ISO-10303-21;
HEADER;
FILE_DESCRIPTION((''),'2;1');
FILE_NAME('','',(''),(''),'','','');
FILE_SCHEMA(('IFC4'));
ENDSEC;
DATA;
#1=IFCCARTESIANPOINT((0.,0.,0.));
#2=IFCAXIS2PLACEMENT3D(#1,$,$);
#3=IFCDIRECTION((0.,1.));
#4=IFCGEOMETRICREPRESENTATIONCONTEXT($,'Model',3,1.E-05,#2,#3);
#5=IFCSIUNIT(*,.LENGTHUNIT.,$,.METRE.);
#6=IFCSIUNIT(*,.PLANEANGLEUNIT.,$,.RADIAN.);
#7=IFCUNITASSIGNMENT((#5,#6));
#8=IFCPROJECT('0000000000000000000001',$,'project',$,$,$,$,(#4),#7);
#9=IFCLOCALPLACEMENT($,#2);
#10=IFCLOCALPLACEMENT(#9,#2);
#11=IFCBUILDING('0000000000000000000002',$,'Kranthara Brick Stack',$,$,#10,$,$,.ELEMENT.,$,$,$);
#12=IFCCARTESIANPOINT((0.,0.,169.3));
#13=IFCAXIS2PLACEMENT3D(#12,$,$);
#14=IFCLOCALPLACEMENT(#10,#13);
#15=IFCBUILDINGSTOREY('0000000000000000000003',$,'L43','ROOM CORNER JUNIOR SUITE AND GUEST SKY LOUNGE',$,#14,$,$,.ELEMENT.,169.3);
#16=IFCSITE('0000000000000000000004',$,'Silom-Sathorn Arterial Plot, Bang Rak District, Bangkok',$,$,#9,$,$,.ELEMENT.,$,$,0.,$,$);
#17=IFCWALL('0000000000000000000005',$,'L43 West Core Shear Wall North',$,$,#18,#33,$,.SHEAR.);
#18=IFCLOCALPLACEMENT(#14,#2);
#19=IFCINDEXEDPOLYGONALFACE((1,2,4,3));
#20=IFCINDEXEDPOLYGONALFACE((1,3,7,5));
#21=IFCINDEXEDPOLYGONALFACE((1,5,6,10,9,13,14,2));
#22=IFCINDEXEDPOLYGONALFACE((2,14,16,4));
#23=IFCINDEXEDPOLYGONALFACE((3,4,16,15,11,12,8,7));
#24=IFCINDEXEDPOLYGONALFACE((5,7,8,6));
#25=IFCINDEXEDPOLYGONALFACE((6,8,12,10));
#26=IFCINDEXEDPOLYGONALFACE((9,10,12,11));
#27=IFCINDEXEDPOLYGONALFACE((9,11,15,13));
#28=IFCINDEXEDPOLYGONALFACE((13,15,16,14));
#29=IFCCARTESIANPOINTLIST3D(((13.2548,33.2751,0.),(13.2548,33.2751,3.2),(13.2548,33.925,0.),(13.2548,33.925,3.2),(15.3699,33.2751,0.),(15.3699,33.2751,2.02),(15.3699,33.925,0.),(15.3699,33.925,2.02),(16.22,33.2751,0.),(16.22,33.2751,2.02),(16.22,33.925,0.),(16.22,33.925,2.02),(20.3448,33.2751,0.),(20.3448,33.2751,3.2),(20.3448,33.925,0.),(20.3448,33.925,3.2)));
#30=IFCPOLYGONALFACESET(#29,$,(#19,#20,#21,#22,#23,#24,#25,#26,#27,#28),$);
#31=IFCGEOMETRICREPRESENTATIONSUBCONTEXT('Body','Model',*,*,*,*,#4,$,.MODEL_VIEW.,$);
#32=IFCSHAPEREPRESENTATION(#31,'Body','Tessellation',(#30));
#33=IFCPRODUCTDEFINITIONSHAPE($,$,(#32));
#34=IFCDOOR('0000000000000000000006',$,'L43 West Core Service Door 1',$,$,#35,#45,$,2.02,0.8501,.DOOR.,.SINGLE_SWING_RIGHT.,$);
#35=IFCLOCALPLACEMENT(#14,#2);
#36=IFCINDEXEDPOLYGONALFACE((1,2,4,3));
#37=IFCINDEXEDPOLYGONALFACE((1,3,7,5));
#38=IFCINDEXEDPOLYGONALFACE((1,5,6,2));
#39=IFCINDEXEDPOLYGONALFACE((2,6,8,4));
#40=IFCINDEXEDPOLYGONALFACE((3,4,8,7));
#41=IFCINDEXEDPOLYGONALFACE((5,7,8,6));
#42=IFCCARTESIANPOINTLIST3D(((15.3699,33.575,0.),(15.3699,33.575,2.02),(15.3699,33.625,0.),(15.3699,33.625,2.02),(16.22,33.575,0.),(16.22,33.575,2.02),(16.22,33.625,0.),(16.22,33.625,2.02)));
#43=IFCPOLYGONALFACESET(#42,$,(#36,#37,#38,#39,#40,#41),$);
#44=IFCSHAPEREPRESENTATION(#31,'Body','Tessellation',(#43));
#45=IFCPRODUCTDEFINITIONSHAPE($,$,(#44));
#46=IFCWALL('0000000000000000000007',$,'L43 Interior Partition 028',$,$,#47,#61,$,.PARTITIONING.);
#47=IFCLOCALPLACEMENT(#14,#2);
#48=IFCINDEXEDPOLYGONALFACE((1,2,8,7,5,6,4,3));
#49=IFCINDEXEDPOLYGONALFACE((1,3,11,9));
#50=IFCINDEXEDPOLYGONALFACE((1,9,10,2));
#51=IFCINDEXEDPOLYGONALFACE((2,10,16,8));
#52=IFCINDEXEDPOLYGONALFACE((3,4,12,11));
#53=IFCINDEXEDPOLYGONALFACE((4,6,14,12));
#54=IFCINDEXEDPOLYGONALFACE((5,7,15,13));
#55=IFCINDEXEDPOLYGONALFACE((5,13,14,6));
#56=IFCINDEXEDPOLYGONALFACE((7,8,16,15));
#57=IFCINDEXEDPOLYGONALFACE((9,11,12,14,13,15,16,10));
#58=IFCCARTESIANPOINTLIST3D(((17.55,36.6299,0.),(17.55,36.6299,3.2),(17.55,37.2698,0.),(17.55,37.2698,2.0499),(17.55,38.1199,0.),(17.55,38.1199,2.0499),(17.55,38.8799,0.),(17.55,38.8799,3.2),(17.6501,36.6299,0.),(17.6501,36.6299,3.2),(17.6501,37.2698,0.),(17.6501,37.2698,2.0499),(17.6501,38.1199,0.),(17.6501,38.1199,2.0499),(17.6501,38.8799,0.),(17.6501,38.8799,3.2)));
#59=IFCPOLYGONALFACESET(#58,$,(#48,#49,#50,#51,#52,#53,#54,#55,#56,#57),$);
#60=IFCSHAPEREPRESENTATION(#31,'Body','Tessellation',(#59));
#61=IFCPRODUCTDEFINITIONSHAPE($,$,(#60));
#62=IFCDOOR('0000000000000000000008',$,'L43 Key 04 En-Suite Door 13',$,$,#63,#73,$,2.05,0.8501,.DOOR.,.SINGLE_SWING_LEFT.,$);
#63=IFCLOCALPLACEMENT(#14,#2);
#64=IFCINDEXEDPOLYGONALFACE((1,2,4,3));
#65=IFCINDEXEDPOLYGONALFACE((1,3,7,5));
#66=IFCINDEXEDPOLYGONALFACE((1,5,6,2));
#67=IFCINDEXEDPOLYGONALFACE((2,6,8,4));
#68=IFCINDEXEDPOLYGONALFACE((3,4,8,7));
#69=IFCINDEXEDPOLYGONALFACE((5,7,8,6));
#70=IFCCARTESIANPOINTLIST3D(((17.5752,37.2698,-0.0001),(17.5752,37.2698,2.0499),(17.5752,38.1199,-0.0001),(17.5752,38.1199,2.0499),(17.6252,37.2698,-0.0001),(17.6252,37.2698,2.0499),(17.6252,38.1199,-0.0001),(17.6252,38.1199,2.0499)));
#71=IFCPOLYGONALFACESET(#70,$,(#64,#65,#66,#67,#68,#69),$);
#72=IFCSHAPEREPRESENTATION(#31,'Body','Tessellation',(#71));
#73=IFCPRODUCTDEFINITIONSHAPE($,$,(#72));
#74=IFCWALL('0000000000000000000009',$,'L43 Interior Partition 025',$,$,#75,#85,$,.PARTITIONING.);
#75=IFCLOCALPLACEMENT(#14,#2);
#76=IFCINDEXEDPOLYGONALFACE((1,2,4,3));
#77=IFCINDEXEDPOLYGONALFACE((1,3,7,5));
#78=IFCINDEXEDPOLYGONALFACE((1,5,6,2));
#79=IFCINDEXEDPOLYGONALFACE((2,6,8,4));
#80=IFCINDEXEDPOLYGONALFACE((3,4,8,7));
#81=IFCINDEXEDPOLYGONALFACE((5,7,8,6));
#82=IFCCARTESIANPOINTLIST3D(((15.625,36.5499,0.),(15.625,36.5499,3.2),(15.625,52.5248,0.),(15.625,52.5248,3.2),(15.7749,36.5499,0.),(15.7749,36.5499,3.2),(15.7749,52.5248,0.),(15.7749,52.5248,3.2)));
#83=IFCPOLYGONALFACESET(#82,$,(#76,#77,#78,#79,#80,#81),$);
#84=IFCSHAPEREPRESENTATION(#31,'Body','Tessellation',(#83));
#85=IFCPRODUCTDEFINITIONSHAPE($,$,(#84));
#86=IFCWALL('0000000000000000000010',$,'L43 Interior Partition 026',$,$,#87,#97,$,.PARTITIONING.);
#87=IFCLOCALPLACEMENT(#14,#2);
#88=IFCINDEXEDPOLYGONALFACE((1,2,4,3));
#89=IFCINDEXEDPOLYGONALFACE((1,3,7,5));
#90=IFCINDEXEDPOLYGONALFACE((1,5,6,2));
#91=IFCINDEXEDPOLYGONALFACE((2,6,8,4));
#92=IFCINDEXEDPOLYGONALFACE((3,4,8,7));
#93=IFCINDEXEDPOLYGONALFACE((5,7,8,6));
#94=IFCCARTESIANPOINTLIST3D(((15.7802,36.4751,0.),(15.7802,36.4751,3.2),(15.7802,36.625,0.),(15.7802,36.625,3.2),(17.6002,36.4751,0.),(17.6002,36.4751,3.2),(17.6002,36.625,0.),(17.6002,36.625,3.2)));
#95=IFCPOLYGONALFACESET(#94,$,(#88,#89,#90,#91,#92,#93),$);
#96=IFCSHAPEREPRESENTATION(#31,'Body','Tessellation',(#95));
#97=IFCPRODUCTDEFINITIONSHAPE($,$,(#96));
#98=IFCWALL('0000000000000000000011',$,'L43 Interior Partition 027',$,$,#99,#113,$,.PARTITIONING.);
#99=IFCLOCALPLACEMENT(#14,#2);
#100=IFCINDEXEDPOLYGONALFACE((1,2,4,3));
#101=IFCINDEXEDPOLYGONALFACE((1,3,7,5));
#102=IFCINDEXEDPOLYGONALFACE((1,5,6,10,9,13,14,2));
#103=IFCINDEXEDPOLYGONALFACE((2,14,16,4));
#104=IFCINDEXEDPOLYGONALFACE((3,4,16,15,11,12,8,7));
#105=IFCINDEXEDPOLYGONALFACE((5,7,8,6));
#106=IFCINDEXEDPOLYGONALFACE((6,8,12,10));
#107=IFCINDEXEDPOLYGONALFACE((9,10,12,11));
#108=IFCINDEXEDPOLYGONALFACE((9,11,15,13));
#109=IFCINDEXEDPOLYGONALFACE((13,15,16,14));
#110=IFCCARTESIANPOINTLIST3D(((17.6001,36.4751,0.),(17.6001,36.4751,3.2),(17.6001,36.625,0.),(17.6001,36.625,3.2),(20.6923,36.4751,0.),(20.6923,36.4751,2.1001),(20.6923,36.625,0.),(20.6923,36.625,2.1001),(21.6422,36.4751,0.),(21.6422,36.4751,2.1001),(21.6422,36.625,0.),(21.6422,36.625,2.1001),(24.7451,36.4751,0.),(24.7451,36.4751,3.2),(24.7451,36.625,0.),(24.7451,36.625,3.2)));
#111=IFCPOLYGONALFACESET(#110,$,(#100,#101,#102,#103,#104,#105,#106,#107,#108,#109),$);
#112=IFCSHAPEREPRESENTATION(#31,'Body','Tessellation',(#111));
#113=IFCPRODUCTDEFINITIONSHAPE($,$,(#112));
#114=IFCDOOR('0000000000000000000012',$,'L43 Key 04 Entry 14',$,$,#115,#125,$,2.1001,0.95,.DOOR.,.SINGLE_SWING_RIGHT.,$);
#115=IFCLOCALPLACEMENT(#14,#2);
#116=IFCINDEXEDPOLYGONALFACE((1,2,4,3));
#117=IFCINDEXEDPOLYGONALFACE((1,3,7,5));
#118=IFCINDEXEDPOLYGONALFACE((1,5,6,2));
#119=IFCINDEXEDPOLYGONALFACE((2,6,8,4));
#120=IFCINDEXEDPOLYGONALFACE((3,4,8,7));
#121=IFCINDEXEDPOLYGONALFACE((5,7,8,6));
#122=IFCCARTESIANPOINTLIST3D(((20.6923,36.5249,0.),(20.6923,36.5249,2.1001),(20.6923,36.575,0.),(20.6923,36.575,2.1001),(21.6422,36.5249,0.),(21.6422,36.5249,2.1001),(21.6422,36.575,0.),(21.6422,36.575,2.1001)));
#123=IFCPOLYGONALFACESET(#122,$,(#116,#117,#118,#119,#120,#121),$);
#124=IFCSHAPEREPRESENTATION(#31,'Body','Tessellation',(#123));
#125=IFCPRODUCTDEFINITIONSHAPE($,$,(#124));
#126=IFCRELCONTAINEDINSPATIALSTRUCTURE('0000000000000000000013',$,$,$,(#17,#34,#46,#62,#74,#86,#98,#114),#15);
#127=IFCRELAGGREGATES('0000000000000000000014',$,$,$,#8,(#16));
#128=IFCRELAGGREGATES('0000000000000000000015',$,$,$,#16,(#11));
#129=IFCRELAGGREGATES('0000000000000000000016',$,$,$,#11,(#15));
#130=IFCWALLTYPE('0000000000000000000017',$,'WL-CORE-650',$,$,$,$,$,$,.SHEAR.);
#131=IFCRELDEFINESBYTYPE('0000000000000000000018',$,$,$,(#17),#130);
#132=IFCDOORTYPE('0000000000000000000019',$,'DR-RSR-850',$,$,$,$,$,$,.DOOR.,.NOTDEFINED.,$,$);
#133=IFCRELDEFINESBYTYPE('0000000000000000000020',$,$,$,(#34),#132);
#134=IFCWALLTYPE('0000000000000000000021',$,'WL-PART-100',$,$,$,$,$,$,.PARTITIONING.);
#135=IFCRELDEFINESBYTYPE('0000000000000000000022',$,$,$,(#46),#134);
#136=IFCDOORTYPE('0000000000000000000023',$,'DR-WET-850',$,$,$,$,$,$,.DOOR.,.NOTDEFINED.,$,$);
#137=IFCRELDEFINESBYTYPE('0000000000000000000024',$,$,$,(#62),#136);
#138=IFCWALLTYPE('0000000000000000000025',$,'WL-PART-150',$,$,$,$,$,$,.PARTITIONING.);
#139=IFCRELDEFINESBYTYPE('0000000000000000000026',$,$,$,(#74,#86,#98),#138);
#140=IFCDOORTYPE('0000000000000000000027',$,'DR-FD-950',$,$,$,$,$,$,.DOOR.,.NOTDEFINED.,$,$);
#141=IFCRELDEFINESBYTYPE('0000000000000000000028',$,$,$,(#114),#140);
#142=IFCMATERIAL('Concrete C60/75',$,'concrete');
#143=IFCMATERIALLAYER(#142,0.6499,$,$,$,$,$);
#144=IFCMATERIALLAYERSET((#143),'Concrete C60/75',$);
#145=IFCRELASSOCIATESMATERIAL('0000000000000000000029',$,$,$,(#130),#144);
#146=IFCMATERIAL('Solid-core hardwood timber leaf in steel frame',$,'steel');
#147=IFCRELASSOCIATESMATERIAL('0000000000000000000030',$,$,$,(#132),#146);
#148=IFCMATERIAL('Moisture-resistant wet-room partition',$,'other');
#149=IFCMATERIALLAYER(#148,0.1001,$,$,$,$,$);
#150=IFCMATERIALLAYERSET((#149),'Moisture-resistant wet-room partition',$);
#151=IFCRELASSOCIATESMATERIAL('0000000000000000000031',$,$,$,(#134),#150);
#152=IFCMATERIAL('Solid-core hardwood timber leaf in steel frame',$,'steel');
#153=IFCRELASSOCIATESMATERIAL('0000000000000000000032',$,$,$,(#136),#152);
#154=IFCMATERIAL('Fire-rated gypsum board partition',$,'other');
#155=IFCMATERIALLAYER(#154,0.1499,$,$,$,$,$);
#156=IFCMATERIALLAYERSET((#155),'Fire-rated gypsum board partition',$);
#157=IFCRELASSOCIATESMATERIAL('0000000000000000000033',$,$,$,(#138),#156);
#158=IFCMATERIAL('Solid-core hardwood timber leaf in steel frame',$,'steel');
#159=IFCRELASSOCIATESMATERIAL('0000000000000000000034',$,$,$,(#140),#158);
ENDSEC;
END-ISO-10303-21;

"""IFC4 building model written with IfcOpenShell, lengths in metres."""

from ifc_helpers import new_model, si_unit, direction, frame, frame_2d, origin, place, context, subcontext, project, spatial, rectangle, extrude, material, layer, layer_set, type_object, element, fill, save


model = new_model("IFC4")

# Units and contexts
model_context = context("Model", 3, precision=1e-05, world=origin(), true_north=direction((0.0, 1.0)))
body_context = subcontext(model_context, "Body", "Model", "MODEL_VIEW")
ifc_project = project(units=[si_unit("LENGTHUNIT", "METRE"), si_unit("PLANEANGLEUNIT", "RADIAN")], contexts=[model_context])

# Site, building, storey
site_placement = place(None, origin())
site = spatial("IfcSite", under=ifc_project, at=site_placement, Name="Silom-Sathorn Arterial Plot, Bang Rak District, Bangkok", CompositionType="ELEMENT", RefElevation=0.0)
building_placement = place(site_placement, origin())
building = spatial("IfcBuilding", under=site, at=building_placement, Name="Kranthara Brick Stack", CompositionType="ELEMENT")
storey_placement = place(building_placement, frame((0.0, 0.0, 169.3)))
storey = spatial("IfcBuildingStorey", under=building, at=storey_placement, Name="L43", Description="ROOM CORNER JUNIOR SUITE AND GUEST SKY LOUNGE", CompositionType="ELEMENT", Elevation=169.3)

# Walls, openings, doors
ifc_material_1 = material(Name="Concrete C60/75", Category="concrete")
ifc_layer_1 = layer(ifc_material_1, 0.6499)
ifc_layer_set_1 = layer_set([ifc_layer_1], Name="Concrete C60/75")
wall_type_1 = type_object("IfcWallType", Name="WL-CORE-650", PredefinedType="SHEAR", material=ifc_layer_set_1)
wall_1_placement = place(storey_placement, frame((13.2549, 33.6001, 0.0), z_axis=(0.0, 0.0, 1.0), x_axis=(1.0, 0.0, 0.0)))
wall_1 = element("IfcWall", 1, at=wall_1_placement, inside=storey, type_object=wall_type_1, Name="L43 West Core Shear Wall North", PredefinedType="SHEAR", context=body_context, shape_type="SweptSolid", body=[
    extrude(rectangle(XDim=7.0901, YDim=0.6499, at=frame_2d((3.5449, 0.0))), origin(), (0.0, 0.0, 1.0), 3.2),
])
opening_1_placement = place(wall_1_placement, frame((2.115, 0.0, 0.0)))
opening_1 = element("IfcOpeningElement", 2, at=opening_1_placement, cuts=wall_1, PredefinedType="OPENING", context=body_context, shape_type="SweptSolid", body=[
    extrude(rectangle(XDim=0.8501, YDim=2.02, at=frame_2d((0.425, 1.01))), frame((0.0, 0.335, 0.0), z_axis=(0.0, -1.0, 0.0), x_axis=(1.0, 0.0, 0.0)), (0.0, 0.0, 1.0), 0.6699),
])
ifc_material_2 = material(Name="Solid-core hardwood timber leaf in steel frame", Category="steel")
door_type_1 = type_object("IfcDoorType", Name="DR-RSR-850", OperationType="NOTDEFINED", PredefinedType="DOOR", material=ifc_material_2)
door_1_placement = place(opening_1_placement, origin())
door_1 = element("IfcDoor", 3, at=door_1_placement, inside=storey, type_object=door_type_1, Name="L43 West Core Service Door 1", OperationType="SINGLE_SWING_RIGHT", OverallHeight=2.02, OverallWidth=0.8501, PredefinedType="DOOR", context=body_context, shape_type="SweptSolid", body=[
    extrude(rectangle(XDim=0.8501, YDim=2.02, at=frame_2d((0.425, 1.01))), frame((0.0, 0.0249, 0.0), z_axis=(0.0, -1.0, 0.0), x_axis=(1.0, 0.0, 0.0)), (0.0, 0.0, 1.0), 0.05),
])
fill(opening_1, door_1)
ifc_material_3 = material(Name="Moisture-resistant wet-room partition", Category="other")
ifc_layer_2 = layer(ifc_material_3, 0.1001)
ifc_layer_set_2 = layer_set([ifc_layer_2], Name="Moisture-resistant wet-room partition")
wall_type_2 = type_object("IfcWallType", Name="WL-PART-100", PredefinedType="PARTITIONING", material=ifc_layer_set_2)
wall_2_placement = place(storey_placement, frame((17.6001, 36.6299, 0.0), z_axis=(0.0, 0.0, 1.0), x_axis=(0.0, 1.0, 0.0)))
wall_2 = element("IfcWall", 4, at=wall_2_placement, inside=storey, type_object=wall_type_2, Name="L43 Interior Partition 028", PredefinedType="PARTITIONING", context=body_context, shape_type="SweptSolid", body=[
    extrude(rectangle(XDim=2.25, YDim=0.1001, at=frame_2d((1.125, 0.0))), origin(), (0.0, 0.0, 1.0), 3.2),
])
opening_2_placement = place(wall_2_placement, frame((0.6399, 0.0, 0.0)))
opening_2 = element("IfcOpeningElement", 5, at=opening_2_placement, cuts=wall_2, PredefinedType="OPENING", context=body_context, shape_type="SweptSolid", body=[
    extrude(rectangle(XDim=0.8501, YDim=2.05, at=frame_2d((0.425, 1.0249))), frame((0.0, 0.0601, 0.0), z_axis=(0.0, -1.0, 0.0), x_axis=(1.0, 0.0, 0.0)), (0.0, 0.0, 1.0), 0.1201),
])
ifc_material_4 = material(Name="Solid-core hardwood timber leaf in steel frame", Category="steel")
door_type_2 = type_object("IfcDoorType", Name="DR-WET-850", OperationType="NOTDEFINED", PredefinedType="DOOR", material=ifc_material_4)
door_2_placement = place(opening_2_placement, origin())
door_2 = element("IfcDoor", 6, at=door_2_placement, inside=storey, type_object=door_type_2, Name="L43 Key 04 En-Suite Door 13", OperationType="SINGLE_SWING_LEFT", OverallHeight=2.05, OverallWidth=0.8501, PredefinedType="DOOR", context=body_context, shape_type="SweptSolid", body=[
    extrude(rectangle(XDim=0.8501, YDim=2.05, at=frame_2d((0.425, 1.0249))), frame((0.0, 0.0249, 0.0), z_axis=(0.0, -1.0, 0.0), x_axis=(1.0, 0.0, 0.0)), (0.0, 0.0, 1.0), 0.05),
])
fill(opening_2, door_2)

# Walls
ifc_material_5 = material(Name="Fire-rated gypsum board partition", Category="other")
ifc_layer_3 = layer(ifc_material_5, 0.1499)
ifc_layer_set_3 = layer_set([ifc_layer_3], Name="Fire-rated gypsum board partition")
wall_type_3 = type_object("IfcWallType", Name="WL-PART-150", PredefinedType="PARTITIONING", material=ifc_layer_set_3)
wall_3_placement = place(storey_placement, frame((15.7, 36.55, 0.0), z_axis=(0.0, 0.0, 1.0), x_axis=(0.0, 1.0, 0.0)))
element("IfcWall", 7, at=wall_3_placement, inside=storey, type_object=wall_type_3, Name="L43 Interior Partition 025", PredefinedType="PARTITIONING", context=body_context, shape_type="SweptSolid", body=[
    extrude(rectangle(XDim=15.9749, YDim=0.1499, at=frame_2d((7.9873, 0.0))), origin(), (0.0, 0.0, 1.0), 3.2),
])
wall_4_placement = place(storey_placement, frame((15.78, 36.55, 0.0), z_axis=(0.0, 0.0, 1.0), x_axis=(1.0, 0.0, 0.0)))
element("IfcWall", 8, at=wall_4_placement, inside=storey, type_object=wall_type_3, Name="L43 Interior Partition 026", PredefinedType="PARTITIONING", context=body_context, shape_type="SweptSolid", body=[
    extrude(rectangle(XDim=1.8201, YDim=0.1499, at=frame_2d((0.9102, 0.0))), origin(), (0.0, 0.0, 1.0), 3.2),
])

# Wall, opening, door
wall_5_placement = place(storey_placement, frame((17.6001, 36.55, 0.0), z_axis=(0.0, 0.0, 1.0), x_axis=(1.0, 0.0, 0.0)))
wall_5 = element("IfcWall", 9, at=wall_5_placement, inside=storey, type_object=wall_type_3, Name="L43 Interior Partition 027", PredefinedType="PARTITIONING", context=body_context, shape_type="SweptSolid", body=[
    extrude(rectangle(XDim=7.145, YDim=0.1499, at=frame_2d((3.5725, 0.0))), origin(), (0.0, 0.0, 1.0), 3.2),
])
opening_3_placement = place(wall_5_placement, frame((3.092, 0.0, 0.0)))
opening_3 = element("IfcOpeningElement", 10, at=opening_3_placement, cuts=wall_5, PredefinedType="OPENING", context=body_context, shape_type="SweptSolid", body=[
    extrude(rectangle(XDim=0.95, YDim=2.1001, at=frame_2d((0.4751, 1.05))), frame((0.0, 0.085, 0.0), z_axis=(0.0, -1.0, 0.0), x_axis=(1.0, 0.0, 0.0)), (0.0, 0.0, 1.0), 0.1699),
])
ifc_material_6 = material(Name="Solid-core hardwood timber leaf in steel frame", Category="steel")
door_type_3 = type_object("IfcDoorType", Name="DR-FD-950", OperationType="NOTDEFINED", PredefinedType="DOOR", material=ifc_material_6)
door_3_placement = place(opening_3_placement, origin())
door_3 = element("IfcDoor", 11, at=door_3_placement, inside=storey, type_object=door_type_3, Name="L43 Key 04 Entry 14", OperationType="SINGLE_SWING_RIGHT", OverallHeight=2.1001, OverallWidth=0.95, PredefinedType="DOOR", context=body_context, shape_type="SweptSolid", body=[
    extrude(rectangle(XDim=0.95, YDim=2.1001, at=frame_2d((0.4751, 1.05))), frame((0.0, 0.0249, 0.0), z_axis=(0.0, -1.0, 0.0), x_axis=(1.0, 0.0, 0.0)), (0.0, 0.0, 1.0), 0.05),
])
fill(opening_3, door_3)

save(model, "model.ifc")
